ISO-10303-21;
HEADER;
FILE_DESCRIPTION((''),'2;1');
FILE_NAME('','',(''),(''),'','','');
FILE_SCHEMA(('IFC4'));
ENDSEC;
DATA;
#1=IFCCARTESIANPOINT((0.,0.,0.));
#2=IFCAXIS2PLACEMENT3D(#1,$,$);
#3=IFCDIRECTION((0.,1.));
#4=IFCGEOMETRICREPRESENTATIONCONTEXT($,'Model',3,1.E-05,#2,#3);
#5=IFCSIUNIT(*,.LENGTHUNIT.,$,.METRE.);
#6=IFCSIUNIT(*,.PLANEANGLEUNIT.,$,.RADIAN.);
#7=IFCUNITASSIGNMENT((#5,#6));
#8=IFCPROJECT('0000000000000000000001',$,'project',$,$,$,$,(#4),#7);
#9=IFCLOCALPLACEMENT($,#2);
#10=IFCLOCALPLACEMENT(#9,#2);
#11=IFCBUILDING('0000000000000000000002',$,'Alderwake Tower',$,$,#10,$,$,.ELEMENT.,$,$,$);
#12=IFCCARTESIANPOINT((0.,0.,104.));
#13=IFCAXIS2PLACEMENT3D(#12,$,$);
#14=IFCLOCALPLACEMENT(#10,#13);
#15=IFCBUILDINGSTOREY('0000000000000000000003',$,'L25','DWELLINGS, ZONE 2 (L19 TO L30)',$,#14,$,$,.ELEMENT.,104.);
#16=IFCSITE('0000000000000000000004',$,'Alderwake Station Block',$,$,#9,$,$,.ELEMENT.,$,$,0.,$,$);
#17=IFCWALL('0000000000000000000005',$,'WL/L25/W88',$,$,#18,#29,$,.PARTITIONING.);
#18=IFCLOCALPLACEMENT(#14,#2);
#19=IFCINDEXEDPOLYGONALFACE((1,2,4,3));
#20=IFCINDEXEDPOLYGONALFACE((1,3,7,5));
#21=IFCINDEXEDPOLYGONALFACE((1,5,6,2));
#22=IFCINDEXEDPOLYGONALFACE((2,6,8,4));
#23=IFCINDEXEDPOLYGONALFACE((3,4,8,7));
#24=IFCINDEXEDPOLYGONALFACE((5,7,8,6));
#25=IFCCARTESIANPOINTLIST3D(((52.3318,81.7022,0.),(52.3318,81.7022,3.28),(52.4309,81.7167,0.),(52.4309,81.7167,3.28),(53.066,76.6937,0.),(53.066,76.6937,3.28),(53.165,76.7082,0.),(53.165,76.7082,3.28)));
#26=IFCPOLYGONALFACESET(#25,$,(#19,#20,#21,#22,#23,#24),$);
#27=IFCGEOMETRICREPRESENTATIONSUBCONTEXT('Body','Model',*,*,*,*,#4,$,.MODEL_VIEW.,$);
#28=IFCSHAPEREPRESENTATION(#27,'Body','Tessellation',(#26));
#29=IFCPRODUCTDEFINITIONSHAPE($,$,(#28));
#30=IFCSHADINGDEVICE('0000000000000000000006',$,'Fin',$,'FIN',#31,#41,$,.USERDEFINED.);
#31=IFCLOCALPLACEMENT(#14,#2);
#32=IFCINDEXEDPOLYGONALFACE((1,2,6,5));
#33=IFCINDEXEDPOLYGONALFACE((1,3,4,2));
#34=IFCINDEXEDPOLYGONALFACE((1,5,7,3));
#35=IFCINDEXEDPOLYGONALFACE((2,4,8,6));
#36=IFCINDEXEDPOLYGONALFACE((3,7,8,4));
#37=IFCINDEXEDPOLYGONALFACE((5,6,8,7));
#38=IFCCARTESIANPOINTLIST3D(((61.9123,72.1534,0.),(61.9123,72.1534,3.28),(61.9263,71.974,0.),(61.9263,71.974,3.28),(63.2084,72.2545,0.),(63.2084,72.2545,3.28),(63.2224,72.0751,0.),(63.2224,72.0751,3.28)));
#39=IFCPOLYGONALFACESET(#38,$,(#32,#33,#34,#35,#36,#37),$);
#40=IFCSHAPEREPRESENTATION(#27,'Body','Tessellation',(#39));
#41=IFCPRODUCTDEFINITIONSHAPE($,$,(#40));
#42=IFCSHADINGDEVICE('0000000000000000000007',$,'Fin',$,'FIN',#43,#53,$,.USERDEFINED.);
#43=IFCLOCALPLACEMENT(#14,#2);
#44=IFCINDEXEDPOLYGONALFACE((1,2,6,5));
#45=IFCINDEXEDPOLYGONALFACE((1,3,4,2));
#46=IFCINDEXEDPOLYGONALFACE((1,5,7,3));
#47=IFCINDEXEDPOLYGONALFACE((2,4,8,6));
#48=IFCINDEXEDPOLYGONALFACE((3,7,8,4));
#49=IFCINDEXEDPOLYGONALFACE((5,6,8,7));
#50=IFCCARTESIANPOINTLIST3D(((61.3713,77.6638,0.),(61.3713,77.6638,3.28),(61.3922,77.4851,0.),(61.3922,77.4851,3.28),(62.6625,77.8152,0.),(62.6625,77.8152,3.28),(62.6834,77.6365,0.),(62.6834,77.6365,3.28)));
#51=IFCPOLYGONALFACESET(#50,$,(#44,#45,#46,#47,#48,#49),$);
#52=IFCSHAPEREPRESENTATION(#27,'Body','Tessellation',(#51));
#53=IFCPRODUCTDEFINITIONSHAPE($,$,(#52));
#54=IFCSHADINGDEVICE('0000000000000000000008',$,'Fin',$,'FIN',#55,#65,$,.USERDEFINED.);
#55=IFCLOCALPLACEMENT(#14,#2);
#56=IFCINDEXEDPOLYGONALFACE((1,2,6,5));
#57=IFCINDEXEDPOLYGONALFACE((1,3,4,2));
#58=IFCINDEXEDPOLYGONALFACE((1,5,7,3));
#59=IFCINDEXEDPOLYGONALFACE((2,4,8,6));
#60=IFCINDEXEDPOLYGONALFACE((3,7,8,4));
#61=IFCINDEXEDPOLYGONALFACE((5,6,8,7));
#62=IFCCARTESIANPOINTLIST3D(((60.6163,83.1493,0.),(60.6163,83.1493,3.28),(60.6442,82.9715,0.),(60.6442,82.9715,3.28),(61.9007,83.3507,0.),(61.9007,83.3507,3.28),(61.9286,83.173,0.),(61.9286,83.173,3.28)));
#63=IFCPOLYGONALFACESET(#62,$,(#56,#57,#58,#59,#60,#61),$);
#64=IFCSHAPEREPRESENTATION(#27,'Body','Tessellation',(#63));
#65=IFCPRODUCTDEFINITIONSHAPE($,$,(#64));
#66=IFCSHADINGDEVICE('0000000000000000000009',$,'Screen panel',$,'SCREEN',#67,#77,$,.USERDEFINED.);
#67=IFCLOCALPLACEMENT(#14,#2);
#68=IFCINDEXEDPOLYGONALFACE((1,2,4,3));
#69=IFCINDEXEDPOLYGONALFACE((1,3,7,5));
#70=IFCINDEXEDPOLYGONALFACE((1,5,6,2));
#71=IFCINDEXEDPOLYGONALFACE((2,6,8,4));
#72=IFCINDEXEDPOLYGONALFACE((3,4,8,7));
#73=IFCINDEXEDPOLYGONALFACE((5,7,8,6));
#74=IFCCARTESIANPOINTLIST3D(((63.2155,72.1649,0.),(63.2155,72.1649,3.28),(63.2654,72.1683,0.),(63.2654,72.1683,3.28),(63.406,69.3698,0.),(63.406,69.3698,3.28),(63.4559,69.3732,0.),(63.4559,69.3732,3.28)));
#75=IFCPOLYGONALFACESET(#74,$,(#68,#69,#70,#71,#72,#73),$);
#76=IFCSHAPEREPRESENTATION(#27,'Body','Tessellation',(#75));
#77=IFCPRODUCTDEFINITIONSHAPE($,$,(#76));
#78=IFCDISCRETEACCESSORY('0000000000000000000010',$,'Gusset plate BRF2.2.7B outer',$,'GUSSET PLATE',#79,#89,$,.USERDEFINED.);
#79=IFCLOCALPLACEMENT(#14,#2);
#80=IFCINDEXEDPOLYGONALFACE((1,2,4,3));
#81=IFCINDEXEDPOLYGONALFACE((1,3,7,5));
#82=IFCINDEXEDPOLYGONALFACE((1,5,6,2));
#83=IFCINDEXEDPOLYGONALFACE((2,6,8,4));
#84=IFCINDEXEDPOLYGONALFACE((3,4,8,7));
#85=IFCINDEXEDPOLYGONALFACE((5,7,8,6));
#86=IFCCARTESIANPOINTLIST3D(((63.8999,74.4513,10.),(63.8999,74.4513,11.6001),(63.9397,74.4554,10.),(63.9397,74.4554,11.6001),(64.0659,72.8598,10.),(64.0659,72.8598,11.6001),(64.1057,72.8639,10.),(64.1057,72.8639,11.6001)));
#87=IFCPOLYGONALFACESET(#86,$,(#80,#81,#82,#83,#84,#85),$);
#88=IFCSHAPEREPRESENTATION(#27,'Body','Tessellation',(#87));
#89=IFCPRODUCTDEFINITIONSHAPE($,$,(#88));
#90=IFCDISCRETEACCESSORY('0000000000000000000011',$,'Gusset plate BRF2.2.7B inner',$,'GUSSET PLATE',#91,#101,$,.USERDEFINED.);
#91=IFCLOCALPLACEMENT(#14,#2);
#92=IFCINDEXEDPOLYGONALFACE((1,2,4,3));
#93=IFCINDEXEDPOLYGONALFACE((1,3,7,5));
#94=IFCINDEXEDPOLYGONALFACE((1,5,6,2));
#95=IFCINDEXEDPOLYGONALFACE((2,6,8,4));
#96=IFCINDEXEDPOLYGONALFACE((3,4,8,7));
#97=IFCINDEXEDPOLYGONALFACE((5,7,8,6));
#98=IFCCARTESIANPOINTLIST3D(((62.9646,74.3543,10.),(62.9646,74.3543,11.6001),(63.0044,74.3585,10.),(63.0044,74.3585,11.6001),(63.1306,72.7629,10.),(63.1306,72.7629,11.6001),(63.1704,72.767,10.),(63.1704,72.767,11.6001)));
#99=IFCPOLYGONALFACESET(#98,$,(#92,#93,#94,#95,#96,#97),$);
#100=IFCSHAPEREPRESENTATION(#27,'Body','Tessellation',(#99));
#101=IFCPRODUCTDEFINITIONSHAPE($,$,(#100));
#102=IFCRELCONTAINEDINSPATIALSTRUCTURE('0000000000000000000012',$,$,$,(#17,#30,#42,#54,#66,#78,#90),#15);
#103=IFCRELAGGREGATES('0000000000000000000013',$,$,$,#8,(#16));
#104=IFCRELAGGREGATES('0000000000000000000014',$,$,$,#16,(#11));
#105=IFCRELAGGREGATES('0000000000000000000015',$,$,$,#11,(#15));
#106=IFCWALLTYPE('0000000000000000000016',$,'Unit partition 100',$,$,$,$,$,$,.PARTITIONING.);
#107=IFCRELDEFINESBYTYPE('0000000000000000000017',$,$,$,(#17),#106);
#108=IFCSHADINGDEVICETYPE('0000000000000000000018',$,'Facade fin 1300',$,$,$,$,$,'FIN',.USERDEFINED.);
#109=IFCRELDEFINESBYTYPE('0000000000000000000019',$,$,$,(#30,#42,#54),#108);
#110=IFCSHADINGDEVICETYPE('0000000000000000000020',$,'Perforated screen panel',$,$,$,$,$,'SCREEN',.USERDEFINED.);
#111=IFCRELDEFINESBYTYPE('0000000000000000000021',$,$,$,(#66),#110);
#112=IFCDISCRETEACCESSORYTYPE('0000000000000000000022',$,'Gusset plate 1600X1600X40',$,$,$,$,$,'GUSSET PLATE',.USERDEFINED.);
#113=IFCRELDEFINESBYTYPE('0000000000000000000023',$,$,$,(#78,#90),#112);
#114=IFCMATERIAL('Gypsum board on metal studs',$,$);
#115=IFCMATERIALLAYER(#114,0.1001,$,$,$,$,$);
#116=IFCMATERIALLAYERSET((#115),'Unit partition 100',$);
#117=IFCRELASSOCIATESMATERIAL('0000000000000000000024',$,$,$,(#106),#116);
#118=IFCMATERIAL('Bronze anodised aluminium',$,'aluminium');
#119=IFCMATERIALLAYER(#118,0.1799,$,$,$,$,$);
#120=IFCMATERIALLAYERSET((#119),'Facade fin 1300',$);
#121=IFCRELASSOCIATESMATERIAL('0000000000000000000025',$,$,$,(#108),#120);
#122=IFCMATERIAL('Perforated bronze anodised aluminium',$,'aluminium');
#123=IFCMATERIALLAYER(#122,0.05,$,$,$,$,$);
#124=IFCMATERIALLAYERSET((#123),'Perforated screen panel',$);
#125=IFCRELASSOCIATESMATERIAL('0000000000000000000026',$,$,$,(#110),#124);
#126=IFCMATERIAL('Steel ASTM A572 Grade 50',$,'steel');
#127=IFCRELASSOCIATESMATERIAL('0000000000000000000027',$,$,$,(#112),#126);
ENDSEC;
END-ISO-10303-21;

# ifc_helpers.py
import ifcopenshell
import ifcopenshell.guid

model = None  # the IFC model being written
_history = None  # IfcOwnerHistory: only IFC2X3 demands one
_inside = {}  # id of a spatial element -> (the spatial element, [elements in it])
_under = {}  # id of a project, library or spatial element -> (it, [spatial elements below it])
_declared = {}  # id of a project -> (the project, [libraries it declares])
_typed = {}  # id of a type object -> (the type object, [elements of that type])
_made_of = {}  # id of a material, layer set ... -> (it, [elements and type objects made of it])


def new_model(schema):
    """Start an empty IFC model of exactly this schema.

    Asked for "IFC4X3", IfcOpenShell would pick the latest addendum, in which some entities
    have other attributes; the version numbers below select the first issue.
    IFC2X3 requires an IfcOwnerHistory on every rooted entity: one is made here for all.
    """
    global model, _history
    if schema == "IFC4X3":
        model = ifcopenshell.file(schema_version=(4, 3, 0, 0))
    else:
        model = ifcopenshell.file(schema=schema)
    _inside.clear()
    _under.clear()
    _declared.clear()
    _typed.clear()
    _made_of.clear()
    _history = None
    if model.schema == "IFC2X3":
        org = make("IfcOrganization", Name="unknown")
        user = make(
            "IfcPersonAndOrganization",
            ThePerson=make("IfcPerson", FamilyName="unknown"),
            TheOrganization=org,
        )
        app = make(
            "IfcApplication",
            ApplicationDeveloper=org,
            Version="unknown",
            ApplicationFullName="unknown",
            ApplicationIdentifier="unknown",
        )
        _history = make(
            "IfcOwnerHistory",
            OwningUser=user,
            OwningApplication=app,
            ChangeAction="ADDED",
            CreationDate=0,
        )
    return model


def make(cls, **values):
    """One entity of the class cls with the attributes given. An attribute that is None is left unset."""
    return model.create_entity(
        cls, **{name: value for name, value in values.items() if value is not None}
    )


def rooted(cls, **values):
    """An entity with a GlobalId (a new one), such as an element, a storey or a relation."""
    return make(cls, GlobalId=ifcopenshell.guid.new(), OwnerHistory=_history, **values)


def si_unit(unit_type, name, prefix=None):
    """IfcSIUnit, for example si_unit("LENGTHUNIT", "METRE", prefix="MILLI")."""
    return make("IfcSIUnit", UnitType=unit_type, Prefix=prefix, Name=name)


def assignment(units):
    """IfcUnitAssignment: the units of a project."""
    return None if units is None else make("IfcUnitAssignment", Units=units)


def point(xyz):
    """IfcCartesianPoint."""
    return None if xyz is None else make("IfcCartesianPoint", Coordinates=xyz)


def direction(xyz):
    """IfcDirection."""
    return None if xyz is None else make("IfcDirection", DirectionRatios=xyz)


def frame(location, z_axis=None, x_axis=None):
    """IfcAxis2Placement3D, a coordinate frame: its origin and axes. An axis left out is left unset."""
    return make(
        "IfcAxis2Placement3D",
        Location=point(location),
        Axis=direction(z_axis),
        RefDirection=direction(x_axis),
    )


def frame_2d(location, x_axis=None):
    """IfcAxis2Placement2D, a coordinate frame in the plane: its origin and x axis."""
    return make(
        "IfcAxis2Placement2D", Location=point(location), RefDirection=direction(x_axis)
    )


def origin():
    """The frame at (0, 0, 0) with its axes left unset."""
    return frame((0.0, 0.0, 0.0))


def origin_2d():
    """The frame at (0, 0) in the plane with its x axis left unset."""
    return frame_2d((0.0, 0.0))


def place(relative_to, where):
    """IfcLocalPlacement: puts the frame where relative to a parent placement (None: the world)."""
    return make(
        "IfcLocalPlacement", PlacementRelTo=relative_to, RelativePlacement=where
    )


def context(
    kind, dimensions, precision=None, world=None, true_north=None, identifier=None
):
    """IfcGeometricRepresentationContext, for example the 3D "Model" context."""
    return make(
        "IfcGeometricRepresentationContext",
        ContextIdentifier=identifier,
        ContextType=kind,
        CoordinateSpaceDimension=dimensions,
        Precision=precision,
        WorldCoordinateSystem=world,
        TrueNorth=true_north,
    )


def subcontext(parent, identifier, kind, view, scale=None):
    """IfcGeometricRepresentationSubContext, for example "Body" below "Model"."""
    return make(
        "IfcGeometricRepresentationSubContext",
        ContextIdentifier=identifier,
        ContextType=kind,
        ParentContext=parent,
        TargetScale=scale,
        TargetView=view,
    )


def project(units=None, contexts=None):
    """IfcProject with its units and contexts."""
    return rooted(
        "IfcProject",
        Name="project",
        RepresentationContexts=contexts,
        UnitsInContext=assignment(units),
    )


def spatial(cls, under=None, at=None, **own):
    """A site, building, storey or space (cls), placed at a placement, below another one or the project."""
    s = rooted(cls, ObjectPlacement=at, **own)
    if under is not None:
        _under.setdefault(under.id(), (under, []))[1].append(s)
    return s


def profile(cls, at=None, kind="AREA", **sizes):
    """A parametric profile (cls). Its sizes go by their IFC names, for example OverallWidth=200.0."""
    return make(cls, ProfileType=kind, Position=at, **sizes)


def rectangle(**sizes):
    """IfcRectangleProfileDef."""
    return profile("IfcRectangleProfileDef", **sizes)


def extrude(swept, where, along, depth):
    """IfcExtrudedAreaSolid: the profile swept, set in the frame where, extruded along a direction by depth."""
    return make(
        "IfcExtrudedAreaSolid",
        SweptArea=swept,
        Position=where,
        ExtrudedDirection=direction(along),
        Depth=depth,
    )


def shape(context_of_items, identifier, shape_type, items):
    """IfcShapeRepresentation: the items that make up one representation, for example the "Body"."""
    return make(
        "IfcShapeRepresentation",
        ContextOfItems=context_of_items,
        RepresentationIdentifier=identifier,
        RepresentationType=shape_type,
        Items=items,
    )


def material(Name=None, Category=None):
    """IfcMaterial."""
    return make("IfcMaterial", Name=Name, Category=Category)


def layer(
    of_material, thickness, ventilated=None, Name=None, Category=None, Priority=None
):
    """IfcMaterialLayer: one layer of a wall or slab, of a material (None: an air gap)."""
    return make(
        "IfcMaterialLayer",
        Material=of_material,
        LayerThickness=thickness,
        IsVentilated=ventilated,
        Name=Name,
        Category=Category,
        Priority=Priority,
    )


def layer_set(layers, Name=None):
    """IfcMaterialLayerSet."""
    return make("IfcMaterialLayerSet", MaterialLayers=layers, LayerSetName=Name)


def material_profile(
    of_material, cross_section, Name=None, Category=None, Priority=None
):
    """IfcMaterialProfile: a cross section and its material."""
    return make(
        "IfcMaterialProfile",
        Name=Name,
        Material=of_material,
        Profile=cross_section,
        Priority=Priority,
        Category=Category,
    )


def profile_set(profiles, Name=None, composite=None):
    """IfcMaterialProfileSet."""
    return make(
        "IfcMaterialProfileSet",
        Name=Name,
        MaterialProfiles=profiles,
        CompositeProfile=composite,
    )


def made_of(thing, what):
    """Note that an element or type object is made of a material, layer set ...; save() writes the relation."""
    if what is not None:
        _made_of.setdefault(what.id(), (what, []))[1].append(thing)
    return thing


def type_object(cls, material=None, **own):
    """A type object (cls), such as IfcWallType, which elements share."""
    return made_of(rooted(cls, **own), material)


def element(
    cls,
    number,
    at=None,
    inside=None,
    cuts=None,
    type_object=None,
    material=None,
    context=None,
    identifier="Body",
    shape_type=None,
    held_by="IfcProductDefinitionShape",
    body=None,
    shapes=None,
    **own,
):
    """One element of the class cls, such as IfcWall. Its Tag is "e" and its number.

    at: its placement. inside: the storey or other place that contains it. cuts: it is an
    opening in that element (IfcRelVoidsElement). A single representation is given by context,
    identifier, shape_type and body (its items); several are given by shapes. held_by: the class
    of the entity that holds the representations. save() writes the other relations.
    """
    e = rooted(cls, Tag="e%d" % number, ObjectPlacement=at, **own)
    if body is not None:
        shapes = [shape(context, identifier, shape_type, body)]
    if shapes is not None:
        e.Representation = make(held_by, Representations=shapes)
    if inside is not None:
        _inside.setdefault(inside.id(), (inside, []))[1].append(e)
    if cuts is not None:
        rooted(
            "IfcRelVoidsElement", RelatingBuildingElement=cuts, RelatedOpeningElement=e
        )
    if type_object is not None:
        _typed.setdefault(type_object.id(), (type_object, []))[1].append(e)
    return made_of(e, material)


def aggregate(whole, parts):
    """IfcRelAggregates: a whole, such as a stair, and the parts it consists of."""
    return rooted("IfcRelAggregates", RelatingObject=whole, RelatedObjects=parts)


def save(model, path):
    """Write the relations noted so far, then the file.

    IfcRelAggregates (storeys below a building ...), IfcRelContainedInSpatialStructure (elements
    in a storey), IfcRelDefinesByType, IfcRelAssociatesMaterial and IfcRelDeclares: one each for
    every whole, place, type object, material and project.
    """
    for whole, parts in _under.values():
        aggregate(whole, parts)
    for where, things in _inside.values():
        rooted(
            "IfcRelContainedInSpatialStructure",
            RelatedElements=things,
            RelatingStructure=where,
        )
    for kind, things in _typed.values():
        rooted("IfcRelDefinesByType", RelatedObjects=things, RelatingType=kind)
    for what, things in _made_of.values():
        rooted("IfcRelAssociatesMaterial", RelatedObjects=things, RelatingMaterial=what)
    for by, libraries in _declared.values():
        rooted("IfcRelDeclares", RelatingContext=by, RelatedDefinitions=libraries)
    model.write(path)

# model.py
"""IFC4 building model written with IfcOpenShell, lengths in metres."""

from ifc_helpers import new_model, si_unit, direction, frame, frame_2d, origin, origin_2d, place, context, subcontext, project, spatial, rectangle, extrude, material, layer, layer_set, material_profile, profile_set, type_object, element, save


model = new_model("IFC4")

# Units and contexts
model_context = context("Model", 3, precision=1e-05, world=origin(), true_north=direction((0.0, 1.0)))
body_context = subcontext(model_context, "Body", "Model", "MODEL_VIEW")
ifc_project = project(units=[si_unit("LENGTHUNIT", "METRE"), si_unit("PLANEANGLEUNIT", "RADIAN")], contexts=[model_context])

# Site, building, storey
site_placement = place(None, origin())
site = spatial("IfcSite", under=ifc_project, at=site_placement, Name="Alderwake Station Block", CompositionType="ELEMENT", RefElevation=0.0)
building_placement = place(site_placement, origin())
building = spatial("IfcBuilding", under=site, at=building_placement, Name="Alderwake Tower", CompositionType="ELEMENT")
storey_placement = place(building_placement, frame((0.0, 0.0, 104.0)))
storey = spatial("IfcBuildingStorey", under=building, at=storey_placement, Name="L25", Description="DWELLINGS, ZONE 2 (L19 TO L30)", CompositionType="ELEMENT", Elevation=104.0)

# Shared definitions
ifc_material_1 = material(Name="Gypsum board on metal studs")
ifc_layer_1 = layer(ifc_material_1, 0.1001)
ifc_layer_set_1 = layer_set([ifc_layer_1], Name="Unit partition 100")
wall_type_1 = type_object("IfcWallType", Name="Unit partition 100", PredefinedType="PARTITIONING", material=ifc_layer_set_1)

# Wall
wall_1_placement = place(storey_placement, frame((53.1155, 76.7009, 0.0), z_axis=(0.0, 0.0, 1.0), x_axis=(-0.145026, 0.989428, 0.0)))
element("IfcWall", 1, at=wall_1_placement, inside=storey, type_object=wall_type_1, Name="WL/L25/W88", PredefinedType="PARTITIONING", context=body_context, shape_type="SweptSolid", body=[
    extrude(rectangle(XDim=5.062, YDim=0.1001, at=frame_2d((2.531, 0.0))), origin(), (0.0, 0.0, 1.0), 3.28),
])

# Shading devices
ifc_material_2 = material(Name="Bronze anodised aluminium", Category="aluminium")
ifc_layer_2 = layer(ifc_material_2, 0.1799)
ifc_layer_set_2 = layer_set([ifc_layer_2], Name="Facade fin 1300")
shading_device_type_1 = type_object("IfcShadingDeviceType", Name="Facade fin 1300", ElementType="FIN", PredefinedType="USERDEFINED", material=ifc_layer_set_2)
for number, where, z_axis, x_axis, name in (
    (2, (62.5674, 72.1143, 0.0), (0.0, 0.0, 1.0), (0.996975, 0.077721, 0.0), "Fin"),
    (3, (62.0273, 77.6501, 0.0), (0.0, 0.0, 1.0), (0.993198, 0.116435, 0.0), "Fin"),
    (4, (61.2725, 83.1611, 0.0), (0.0, 0.0, 1.0), (0.987919, 0.154972, 0.0), "Fin"),
):
    element("IfcShadingDevice", number, at=place(storey_placement, frame(where, z_axis=z_axis, x_axis=x_axis)), inside=storey, type_object=shading_device_type_1, Name=name, ObjectType="FIN", PredefinedType="USERDEFINED", context=body_context, shape_type="SweptSolid", body=[
        extrude(rectangle(XDim=1.3, YDim=0.1799, at=origin_2d()), origin(), (0.0, 0.0, 1.0), 3.28),
    ])
ifc_material_3 = material(Name="Perforated bronze anodised aluminium", Category="aluminium")
ifc_layer_3 = layer(ifc_material_3, 0.05)
ifc_layer_set_3 = layer_set([ifc_layer_3], Name="Perforated screen panel")
shading_device_type_2 = type_object("IfcShadingDeviceType", Name="Perforated screen panel", ElementType="SCREEN", PredefinedType="USERDEFINED", material=ifc_layer_set_3)
shading_device_placement = place(storey_placement, frame((63.3357, 70.769, 0.0), z_axis=(0.0, 0.0, 1.0), x_axis=(0.997685, 0.067998, 0.0)))
element("IfcShadingDevice", 5, at=shading_device_placement, inside=storey, type_object=shading_device_type_2, Name="Screen panel", ObjectType="SCREEN", PredefinedType="USERDEFINED", context=body_context, shape_type="SweptSolid", body=[
    extrude(rectangle(XDim=0.05, YDim=2.8015, at=origin_2d()), origin(), (0.0, 0.0, 1.0), 3.28),
])

# Discrete accessories
ifc_material_4 = material(Name="Steel ASTM A572 Grade 50", Category="steel")
ifc_material_profile_1 = material_profile(ifc_material_4, rectangle(XDim=1.6001, YDim=1.6001, at=origin_2d()), Name="gusset 1600X1600")
ifc_profile_set_1 = profile_set([ifc_material_profile_1], Name="Steel ASTM A572 Grade 50")
discrete_accessory_type = type_object("IfcDiscreteAccessoryType", Name="Gusset plate 1600X1600X40", ElementType="GUSSET PLATE", PredefinedType="USERDEFINED", material=ifc_profile_set_1)
for number, where, z_axis, x_axis, name in (
    (6, (63.9829, 73.6555, 10.8), (0.994605, 0.103732, 0.0), (-0.103732, 0.994605, 0.0), "Gusset plate BRF2.2.7B outer"),
    (7, (63.0874, 73.5627, 10.8), (-0.994605, -0.103732, 0.0), (0.103732, -0.994605, 0.0), "Gusset plate BRF2.2.7B inner"),
):
    element("IfcDiscreteAccessory", number, at=place(storey_placement, frame(where, z_axis=z_axis, x_axis=x_axis)), inside=storey, type_object=discrete_accessory_type, Name=name, ObjectType="GUSSET PLATE", PredefinedType="USERDEFINED", context=body_context, shape_type="SweptSolid", body=[
        extrude(rectangle(XDim=1.6001, YDim=1.6001, at=origin_2d()), origin(), (0.0, 0.0, 1.0), 0.04),
    ])

save(model, "model.ifc")
